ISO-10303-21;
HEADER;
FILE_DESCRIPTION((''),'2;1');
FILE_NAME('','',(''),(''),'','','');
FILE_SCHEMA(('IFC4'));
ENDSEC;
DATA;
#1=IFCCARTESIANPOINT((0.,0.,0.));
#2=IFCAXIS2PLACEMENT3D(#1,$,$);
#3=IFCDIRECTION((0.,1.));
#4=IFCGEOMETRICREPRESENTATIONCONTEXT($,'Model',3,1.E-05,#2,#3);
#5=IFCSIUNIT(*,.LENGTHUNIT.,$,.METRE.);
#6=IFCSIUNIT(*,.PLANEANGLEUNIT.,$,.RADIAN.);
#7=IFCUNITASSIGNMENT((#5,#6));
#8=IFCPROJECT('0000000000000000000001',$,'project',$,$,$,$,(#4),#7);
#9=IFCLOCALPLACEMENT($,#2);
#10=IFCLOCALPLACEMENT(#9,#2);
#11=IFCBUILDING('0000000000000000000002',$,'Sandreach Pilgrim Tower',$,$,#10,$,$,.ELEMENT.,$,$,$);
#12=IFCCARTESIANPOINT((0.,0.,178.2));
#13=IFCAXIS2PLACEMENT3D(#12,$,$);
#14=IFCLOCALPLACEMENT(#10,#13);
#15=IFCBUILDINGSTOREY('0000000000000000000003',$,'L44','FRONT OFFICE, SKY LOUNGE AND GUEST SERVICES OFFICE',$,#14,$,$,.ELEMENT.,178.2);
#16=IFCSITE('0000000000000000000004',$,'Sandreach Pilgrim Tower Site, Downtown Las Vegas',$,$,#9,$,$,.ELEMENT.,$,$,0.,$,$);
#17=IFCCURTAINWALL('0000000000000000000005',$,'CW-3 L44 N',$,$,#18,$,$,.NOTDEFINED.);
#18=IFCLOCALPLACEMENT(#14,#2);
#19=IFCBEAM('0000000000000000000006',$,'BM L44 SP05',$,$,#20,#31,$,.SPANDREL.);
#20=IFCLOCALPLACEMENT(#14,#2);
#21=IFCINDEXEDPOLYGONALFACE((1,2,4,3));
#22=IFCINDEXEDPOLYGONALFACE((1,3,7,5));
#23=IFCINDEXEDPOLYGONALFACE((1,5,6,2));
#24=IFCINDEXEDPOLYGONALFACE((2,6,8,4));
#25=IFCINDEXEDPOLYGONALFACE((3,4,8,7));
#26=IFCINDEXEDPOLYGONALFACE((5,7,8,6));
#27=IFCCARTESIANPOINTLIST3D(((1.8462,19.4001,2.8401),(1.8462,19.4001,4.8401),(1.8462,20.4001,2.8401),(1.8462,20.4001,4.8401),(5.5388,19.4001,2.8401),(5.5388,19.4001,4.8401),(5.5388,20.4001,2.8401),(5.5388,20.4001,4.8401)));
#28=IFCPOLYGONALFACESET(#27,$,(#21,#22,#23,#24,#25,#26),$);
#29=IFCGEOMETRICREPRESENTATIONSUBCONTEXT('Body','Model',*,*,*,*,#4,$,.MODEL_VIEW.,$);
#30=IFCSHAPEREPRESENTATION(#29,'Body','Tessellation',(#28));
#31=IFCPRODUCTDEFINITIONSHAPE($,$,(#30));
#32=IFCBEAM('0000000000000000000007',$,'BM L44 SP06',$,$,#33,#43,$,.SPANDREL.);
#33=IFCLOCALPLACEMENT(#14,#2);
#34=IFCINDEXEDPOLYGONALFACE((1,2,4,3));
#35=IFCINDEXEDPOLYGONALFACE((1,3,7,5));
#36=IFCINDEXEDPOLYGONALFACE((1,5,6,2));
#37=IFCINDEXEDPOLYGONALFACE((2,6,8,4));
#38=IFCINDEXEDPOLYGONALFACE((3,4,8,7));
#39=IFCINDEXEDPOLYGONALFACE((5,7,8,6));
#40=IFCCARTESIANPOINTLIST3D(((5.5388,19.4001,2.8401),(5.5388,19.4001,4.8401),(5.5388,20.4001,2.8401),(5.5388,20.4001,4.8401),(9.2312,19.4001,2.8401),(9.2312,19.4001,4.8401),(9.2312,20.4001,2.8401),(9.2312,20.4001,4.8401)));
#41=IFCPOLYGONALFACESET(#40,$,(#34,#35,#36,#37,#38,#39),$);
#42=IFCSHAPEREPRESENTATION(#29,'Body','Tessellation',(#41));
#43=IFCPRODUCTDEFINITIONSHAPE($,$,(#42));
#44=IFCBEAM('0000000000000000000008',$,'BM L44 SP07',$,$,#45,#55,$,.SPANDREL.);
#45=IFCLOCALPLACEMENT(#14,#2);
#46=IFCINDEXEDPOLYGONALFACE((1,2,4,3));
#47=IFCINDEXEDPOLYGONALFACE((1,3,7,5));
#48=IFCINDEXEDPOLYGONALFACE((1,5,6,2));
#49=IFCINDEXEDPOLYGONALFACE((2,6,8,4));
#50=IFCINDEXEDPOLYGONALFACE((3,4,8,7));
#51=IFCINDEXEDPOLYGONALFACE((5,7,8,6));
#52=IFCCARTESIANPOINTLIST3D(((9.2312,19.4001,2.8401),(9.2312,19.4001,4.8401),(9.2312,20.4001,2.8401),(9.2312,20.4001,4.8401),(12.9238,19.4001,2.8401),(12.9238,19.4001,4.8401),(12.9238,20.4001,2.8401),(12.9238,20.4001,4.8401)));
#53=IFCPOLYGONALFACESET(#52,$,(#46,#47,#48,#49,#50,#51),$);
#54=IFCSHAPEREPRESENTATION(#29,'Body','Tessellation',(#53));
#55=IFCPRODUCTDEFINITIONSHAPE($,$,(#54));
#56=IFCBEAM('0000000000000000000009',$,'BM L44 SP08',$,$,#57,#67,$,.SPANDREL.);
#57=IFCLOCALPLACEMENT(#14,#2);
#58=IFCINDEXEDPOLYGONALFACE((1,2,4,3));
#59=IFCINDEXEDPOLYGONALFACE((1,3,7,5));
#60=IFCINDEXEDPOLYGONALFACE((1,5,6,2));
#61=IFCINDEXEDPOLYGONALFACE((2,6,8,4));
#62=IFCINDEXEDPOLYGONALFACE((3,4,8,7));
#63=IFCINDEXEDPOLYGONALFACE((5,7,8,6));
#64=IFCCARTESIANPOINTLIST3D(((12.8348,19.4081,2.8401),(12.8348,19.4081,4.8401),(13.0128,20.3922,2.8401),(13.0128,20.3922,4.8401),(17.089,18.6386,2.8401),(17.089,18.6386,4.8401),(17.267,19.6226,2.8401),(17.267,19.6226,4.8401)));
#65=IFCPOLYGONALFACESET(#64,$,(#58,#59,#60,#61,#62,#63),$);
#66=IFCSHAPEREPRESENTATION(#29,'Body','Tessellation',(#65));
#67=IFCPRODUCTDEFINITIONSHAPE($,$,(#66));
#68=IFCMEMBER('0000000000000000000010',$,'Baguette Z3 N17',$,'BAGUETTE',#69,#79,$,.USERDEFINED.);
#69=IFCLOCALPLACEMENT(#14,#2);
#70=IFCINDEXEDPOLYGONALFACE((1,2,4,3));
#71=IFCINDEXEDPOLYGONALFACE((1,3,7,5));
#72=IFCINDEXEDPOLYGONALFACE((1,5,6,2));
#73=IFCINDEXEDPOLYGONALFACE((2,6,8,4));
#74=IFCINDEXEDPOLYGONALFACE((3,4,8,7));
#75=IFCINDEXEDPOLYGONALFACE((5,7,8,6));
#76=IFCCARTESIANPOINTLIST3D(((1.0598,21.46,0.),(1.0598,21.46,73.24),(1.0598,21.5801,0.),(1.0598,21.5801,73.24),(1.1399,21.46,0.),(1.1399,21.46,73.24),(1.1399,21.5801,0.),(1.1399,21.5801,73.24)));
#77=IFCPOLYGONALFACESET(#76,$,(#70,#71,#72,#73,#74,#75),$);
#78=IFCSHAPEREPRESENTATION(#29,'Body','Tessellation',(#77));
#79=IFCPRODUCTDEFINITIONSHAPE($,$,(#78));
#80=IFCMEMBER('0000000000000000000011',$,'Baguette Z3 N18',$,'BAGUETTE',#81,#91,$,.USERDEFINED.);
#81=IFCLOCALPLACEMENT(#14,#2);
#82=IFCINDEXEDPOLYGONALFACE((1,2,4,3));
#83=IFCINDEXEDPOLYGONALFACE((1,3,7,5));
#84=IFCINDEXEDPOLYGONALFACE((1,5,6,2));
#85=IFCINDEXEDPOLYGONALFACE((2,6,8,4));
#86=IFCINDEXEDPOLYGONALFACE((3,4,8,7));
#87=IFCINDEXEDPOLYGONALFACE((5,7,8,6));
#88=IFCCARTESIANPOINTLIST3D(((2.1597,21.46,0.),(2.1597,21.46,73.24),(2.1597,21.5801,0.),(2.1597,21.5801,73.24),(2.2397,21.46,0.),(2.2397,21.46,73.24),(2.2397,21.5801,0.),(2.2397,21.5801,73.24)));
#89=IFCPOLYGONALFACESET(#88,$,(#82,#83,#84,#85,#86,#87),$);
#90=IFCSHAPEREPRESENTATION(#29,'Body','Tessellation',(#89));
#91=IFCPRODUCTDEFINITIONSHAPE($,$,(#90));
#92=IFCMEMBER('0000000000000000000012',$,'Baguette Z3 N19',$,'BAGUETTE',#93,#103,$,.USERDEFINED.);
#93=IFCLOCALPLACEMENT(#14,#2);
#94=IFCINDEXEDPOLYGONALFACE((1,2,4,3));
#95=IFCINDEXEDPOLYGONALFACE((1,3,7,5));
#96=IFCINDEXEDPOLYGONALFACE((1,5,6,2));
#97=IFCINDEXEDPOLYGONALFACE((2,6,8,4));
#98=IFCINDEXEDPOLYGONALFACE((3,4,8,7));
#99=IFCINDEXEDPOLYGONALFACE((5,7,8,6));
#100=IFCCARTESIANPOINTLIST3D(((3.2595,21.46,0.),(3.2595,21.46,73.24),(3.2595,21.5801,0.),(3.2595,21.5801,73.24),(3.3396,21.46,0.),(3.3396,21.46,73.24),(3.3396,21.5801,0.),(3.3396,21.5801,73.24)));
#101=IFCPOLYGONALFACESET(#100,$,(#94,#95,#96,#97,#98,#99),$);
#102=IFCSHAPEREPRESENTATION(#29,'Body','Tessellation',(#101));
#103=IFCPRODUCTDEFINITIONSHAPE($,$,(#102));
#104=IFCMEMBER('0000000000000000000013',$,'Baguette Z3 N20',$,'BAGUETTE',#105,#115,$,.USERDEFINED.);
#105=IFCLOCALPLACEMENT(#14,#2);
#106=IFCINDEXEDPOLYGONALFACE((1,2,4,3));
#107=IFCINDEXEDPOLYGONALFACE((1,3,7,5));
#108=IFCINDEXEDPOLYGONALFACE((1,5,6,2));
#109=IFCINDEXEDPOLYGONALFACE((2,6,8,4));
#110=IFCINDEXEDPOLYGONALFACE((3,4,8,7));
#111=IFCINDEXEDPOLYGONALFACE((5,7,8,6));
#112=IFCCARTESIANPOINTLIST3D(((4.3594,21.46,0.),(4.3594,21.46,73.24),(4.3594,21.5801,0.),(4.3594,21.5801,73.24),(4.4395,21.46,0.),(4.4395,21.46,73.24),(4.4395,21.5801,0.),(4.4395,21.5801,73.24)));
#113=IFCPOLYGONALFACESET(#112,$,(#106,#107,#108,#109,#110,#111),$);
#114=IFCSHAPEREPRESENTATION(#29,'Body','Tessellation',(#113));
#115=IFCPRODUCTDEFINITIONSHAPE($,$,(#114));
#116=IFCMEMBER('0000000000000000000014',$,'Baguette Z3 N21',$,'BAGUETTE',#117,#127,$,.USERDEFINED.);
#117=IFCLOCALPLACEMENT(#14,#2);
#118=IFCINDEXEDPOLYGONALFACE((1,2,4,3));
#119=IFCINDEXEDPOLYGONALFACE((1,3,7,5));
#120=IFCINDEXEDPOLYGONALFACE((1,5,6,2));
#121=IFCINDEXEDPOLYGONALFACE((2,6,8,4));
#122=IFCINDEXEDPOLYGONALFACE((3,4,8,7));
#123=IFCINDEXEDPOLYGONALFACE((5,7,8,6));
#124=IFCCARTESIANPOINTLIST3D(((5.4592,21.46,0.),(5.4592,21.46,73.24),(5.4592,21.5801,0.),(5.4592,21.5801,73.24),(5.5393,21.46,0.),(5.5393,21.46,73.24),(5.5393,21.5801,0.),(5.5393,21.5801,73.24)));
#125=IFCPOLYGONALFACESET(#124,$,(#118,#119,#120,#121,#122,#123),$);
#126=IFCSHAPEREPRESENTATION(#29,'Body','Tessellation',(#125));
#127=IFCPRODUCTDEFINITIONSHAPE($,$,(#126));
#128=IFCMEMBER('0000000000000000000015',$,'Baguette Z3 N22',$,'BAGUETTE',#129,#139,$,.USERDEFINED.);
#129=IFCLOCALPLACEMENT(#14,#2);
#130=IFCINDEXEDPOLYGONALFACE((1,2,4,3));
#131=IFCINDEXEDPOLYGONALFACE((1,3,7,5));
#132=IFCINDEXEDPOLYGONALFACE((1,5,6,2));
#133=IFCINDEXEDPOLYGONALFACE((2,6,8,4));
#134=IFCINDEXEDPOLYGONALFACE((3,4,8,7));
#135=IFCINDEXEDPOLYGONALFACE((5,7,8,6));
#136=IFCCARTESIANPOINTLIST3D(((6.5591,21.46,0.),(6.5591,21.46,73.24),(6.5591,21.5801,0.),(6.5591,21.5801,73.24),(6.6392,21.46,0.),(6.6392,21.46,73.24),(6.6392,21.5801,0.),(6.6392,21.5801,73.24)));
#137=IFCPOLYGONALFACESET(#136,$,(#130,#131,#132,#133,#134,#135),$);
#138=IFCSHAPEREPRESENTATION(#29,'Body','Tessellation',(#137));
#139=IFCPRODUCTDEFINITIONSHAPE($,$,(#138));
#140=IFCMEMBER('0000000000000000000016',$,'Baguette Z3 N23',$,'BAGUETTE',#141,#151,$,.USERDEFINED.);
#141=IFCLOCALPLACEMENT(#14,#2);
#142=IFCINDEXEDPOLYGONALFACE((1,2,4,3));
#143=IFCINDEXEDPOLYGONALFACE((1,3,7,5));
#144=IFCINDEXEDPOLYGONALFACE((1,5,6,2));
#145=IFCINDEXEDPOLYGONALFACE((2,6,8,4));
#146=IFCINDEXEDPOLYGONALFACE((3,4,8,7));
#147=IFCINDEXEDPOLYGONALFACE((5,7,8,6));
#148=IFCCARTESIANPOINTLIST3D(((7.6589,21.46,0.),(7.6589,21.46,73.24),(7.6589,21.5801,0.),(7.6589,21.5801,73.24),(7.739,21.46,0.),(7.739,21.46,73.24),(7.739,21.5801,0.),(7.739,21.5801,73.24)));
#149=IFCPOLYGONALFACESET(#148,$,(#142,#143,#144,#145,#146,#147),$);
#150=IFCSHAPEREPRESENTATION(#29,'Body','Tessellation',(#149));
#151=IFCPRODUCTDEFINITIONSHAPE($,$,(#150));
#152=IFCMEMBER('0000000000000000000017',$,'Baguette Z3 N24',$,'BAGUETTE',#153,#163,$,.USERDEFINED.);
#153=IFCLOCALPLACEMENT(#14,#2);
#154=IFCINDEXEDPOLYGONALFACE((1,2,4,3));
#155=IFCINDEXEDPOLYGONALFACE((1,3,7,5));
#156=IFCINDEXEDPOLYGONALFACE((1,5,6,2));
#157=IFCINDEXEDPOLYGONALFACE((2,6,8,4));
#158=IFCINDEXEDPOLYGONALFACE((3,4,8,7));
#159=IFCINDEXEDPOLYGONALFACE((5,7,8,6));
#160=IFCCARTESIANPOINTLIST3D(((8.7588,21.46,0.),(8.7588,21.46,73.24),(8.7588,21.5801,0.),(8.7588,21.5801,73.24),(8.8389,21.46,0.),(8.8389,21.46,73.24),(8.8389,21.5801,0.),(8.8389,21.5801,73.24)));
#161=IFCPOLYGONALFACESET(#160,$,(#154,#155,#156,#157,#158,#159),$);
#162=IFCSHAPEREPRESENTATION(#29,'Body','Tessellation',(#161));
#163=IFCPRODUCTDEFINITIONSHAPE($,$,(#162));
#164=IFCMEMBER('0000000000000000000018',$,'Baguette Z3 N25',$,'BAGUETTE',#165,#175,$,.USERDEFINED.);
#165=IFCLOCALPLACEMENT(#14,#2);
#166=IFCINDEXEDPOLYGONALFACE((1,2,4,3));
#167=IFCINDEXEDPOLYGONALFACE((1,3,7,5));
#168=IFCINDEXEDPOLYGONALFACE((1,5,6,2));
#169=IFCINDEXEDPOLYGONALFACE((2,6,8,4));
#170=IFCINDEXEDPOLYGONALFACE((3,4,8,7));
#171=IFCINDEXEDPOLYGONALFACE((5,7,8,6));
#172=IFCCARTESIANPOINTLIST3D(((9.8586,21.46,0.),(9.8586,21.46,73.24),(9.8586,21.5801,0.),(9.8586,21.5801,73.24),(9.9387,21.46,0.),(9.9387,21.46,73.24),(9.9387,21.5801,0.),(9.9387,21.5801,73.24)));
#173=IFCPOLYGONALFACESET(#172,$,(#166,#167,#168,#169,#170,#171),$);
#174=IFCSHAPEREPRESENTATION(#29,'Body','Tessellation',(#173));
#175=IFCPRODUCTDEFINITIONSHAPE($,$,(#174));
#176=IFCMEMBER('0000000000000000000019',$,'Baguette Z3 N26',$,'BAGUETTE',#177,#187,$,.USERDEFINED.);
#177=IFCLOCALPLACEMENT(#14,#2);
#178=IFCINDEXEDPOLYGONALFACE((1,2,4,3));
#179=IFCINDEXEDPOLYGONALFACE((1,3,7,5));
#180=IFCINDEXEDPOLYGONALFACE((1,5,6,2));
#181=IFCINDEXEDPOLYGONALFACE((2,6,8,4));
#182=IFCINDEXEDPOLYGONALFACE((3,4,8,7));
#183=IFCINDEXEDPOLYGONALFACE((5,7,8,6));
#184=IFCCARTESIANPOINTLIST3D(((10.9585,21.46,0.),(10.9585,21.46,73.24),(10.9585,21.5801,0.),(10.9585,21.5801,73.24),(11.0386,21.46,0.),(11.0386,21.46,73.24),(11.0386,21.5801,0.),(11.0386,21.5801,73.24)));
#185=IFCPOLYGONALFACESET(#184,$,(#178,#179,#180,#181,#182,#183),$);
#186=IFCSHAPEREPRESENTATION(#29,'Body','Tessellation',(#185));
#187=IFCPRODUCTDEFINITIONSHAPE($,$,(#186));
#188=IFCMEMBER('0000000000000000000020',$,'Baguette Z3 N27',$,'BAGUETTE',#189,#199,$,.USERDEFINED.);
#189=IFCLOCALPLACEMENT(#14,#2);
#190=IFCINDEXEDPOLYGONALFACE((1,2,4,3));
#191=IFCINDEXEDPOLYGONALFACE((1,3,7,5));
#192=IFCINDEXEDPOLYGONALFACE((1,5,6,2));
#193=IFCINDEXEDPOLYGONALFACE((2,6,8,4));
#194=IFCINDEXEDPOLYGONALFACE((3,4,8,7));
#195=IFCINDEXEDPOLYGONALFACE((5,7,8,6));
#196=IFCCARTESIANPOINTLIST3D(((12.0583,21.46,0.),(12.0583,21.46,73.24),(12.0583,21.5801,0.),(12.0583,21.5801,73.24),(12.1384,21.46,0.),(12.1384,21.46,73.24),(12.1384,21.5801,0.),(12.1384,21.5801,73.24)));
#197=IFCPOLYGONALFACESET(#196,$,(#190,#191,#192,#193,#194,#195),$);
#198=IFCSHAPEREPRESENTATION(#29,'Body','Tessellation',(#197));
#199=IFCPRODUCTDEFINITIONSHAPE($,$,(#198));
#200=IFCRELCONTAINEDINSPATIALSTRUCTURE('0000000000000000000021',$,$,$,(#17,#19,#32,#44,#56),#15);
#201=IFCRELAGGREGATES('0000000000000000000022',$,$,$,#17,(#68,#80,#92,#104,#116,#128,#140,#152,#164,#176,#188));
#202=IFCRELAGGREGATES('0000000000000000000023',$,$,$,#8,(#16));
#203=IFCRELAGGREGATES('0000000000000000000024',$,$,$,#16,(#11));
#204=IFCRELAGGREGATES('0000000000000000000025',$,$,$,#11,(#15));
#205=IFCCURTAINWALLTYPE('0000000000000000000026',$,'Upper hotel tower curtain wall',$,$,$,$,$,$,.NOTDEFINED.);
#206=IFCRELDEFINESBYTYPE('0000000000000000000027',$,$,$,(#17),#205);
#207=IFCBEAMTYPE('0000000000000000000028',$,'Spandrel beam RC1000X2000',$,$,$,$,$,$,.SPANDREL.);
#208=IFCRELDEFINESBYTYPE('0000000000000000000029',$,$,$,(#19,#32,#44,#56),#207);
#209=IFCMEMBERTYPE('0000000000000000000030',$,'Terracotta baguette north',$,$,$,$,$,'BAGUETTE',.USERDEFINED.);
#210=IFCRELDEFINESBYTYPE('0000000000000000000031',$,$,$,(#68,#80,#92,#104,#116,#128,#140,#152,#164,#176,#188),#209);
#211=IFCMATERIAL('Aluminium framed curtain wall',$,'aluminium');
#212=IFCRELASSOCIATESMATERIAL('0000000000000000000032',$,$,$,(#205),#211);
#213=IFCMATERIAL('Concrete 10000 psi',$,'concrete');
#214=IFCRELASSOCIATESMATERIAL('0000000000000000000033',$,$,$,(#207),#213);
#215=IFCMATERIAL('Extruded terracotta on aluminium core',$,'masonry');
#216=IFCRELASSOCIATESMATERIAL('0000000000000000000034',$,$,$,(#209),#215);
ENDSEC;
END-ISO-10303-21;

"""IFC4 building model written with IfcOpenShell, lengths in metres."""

from ifc_helpers import new_model, si_unit, direction, frame, origin, origin_2d, place, context, subcontext, project, spatial, rectangle, extrude, material, material_profile, profile_set, type_object, element, aggregate, save


model = new_model("IFC4")

# Units and contexts
model_context = context("Model", 3, precision=1e-05, world=origin(), true_north=direction((0.0, 1.0)))
body_context = subcontext(model_context, "Body", "Model", "MODEL_VIEW")
ifc_project = project(units=[si_unit("LENGTHUNIT", "METRE"), si_unit("PLANEANGLEUNIT", "RADIAN")], contexts=[model_context])

# Site, building, storey
site_placement = place(None, origin())
site = spatial("IfcSite", under=ifc_project, at=site_placement, Name="Sandreach Pilgrim Tower Site, Downtown Las Vegas", CompositionType="ELEMENT", RefElevation=0.0)
building_placement = place(site_placement, origin())
building = spatial("IfcBuilding", under=site, at=building_placement, Name="Sandreach Pilgrim Tower", CompositionType="ELEMENT")
storey_placement = place(building_placement, frame((0.0, 0.0, 178.2)))
storey = spatial("IfcBuildingStorey", under=building, at=storey_placement, Name="L44", Description="FRONT OFFICE, SKY LOUNGE AND GUEST SERVICES OFFICE", CompositionType="ELEMENT", Elevation=178.2)

# Curtain wall
ifc_material_1 = material(Name="Aluminium framed curtain wall", Category="aluminium")
curtain_wall_type = type_object("IfcCurtainWallType", Name="Upper hotel tower curtain wall", PredefinedType="NOTDEFINED", material=ifc_material_1)
curtain_wall_placement = place(storey_placement, origin())
curtain_wall = element("IfcCurtainWall", 1, at=curtain_wall_placement, inside=storey, type_object=curtain_wall_type, Name="CW-3 L44 N", PredefinedType="NOTDEFINED")

# Beams
ifc_material_2 = material(Name="Concrete 10000 psi", Category="concrete")
ifc_material_profile_1 = material_profile(ifc_material_2, rectangle(XDim=1.0, YDim=2.0, at=origin_2d()), Name="RC1000X2000")
ifc_profile_set_1 = profile_set([ifc_material_profile_1], Name="Concrete 10000 psi")
beam_type_1 = type_object("IfcBeamType", Name="Spandrel beam RC1000X2000", PredefinedType="SPANDREL", material=ifc_profile_set_1)
beam_1_placement = place(storey_placement, frame((1.8462, 19.9001, 3.8401), z_axis=(1.0, 0.0, 0.0), x_axis=(0.0, 1.0, 0.0)))
element("IfcBeam", 2, at=beam_1_placement, inside=storey, type_object=beam_type_1, Name="BM L44 SP05", PredefinedType="SPANDREL", context=body_context, shape_type="SweptSolid", body=[
    extrude(rectangle(XDim=1.0, YDim=2.0, at=origin_2d()), origin(), (0.0, 0.0, 1.0), 3.6926),
])
beam_2_placement = place(storey_placement, frame((5.5388, 19.9001, 3.8401), z_axis=(1.0, 0.0, 0.0), x_axis=(0.0, 1.0, 0.0)))
element("IfcBeam", 3, at=beam_2_placement, inside=storey, type_object=beam_type_1, Name="BM L44 SP06", PredefinedType="SPANDREL", context=body_context, shape_type="SweptSolid", body=[
    extrude(rectangle(XDim=1.0, YDim=2.0, at=origin_2d()), origin(), (0.0, 0.0, 1.0), 3.6924),
])
beam_3_placement = place(storey_placement, frame((9.2312, 19.9001, 3.8401), z_axis=(1.0, 0.0, 0.0), x_axis=(0.0, 1.0, 0.0)))
element("IfcBeam", 4, at=beam_3_placement, inside=storey, type_object=beam_type_1, Name="BM L44 SP07", PredefinedType="SPANDREL", context=body_context, shape_type="SweptSolid", body=[
    extrude(rectangle(XDim=1.0, YDim=2.0, at=origin_2d()), origin(), (0.0, 0.0, 1.0), 3.6926),
])
beam_4_placement = place(storey_placement, frame((12.9238, 19.9001, 3.8401), z_axis=(0.98403, -0.178001, 0.0), x_axis=(0.178001, 0.98403, 0.0)))
element("IfcBeam", 5, at=beam_4_placement, inside=storey, type_object=beam_type_1, Name="BM L44 SP08", PredefinedType="SPANDREL", context=body_context, shape_type="SweptSolid", body=[
    extrude(rectangle(XDim=1.0, YDim=2.0, at=origin_2d()), origin(), (0.0, 0.0, 1.0), 4.3232),
])

# Members
ifc_material_3 = material(Name="Extruded terracotta on aluminium core", Category="masonry")
ifc_material_profile_2 = material_profile(ifc_material_3, rectangle(XDim=0.0801, YDim=0.1201, at=origin_2d()), Name="TBN 80X120")
ifc_profile_set_2 = profile_set([ifc_material_profile_2], Name="Extruded terracotta on aluminium core")
member_type_1 = type_object("IfcMemberType", Name="Terracotta baguette north", ElementType="BAGUETTE", PredefinedType="USERDEFINED", material=ifc_profile_set_2)
member_1_placement = place(storey_placement, frame((1.0999, 21.52, 0.0), z_axis=(0.0, 0.0, 1.0), x_axis=(1.0, 0.0, 0.0)))
member_1 = element("IfcMember", 6, at=member_1_placement, type_object=member_type_1, Name="Baguette Z3 N17", ObjectType="BAGUETTE", PredefinedType="USERDEFINED", context=body_context, shape_type="SweptSolid", body=[
    extrude(rectangle(XDim=0.0801, YDim=0.1201, at=origin_2d()), origin(), (0.0, 0.0, 1.0), 73.24),
])
member_2_placement = place(storey_placement, frame((2.1997, 21.52, 0.0), z_axis=(0.0, 0.0, 1.0), x_axis=(1.0, 0.0, 0.0)))
member_2 = element("IfcMember", 7, at=member_2_placement, type_object=member_type_1, Name="Baguette Z3 N18", ObjectType="BAGUETTE", PredefinedType="USERDEFINED", context=body_context, shape_type="SweptSolid", body=[
    extrude(rectangle(XDim=0.0801, YDim=0.1201, at=origin_2d()), origin(), (0.0, 0.0, 1.0), 73.24),
])
member_3_placement = place(storey_placement, frame((3.2996, 21.52, 0.0), z_axis=(0.0, 0.0, 1.0), x_axis=(1.0, 0.0, 0.0)))
member_3 = element("IfcMember", 8, at=member_3_placement, type_object=member_type_1, Name="Baguette Z3 N19", ObjectType="BAGUETTE", PredefinedType="USERDEFINED", context=body_context, shape_type="SweptSolid", body=[
    extrude(rectangle(XDim=0.0801, YDim=0.1201, at=origin_2d()), origin(), (0.0, 0.0, 1.0), 73.24),
])
member_4_placement = place(storey_placement, frame((4.3994, 21.52, 0.0), z_axis=(0.0, 0.0, 1.0), x_axis=(1.0, 0.0, 0.0)))
member_4 = element("IfcMember", 9, at=member_4_placement, type_object=member_type_1, Name="Baguette Z3 N20", ObjectType="BAGUETTE", PredefinedType="USERDEFINED", context=body_context, shape_type="SweptSolid", body=[
    extrude(rectangle(XDim=0.0801, YDim=0.1201, at=origin_2d()), origin(), (0.0, 0.0, 1.0), 73.24),
])
member_5_placement = place(storey_placement, frame((5.4993, 21.52, 0.0), z_axis=(0.0, 0.0, 1.0), x_axis=(1.0, 0.0, 0.0)))
member_5 = element("IfcMember", 10, at=member_5_placement, type_object=member_type_1, Name="Baguette Z3 N21", ObjectType="BAGUETTE", PredefinedType="USERDEFINED", context=body_context, shape_type="SweptSolid", body=[
    extrude(rectangle(XDim=0.0801, YDim=0.1201, at=origin_2d()), origin(), (0.0, 0.0, 1.0), 73.24),
])
member_6_placement = place(storey_placement, frame((6.5991, 21.52, 0.0), z_axis=(0.0, 0.0, 1.0), x_axis=(1.0, 0.0, 0.0)))
member_6 = element("IfcMember", 11, at=member_6_placement, type_object=member_type_1, Name="Baguette Z3 N22", ObjectType="BAGUETTE", PredefinedType="USERDEFINED", context=body_context, shape_type="SweptSolid", body=[
    extrude(rectangle(XDim=0.0801, YDim=0.1201, at=origin_2d()), origin(), (0.0, 0.0, 1.0), 73.24),
])
member_7_placement = place(storey_placement, frame((7.699, 21.52, 0.0), z_axis=(0.0, 0.0, 1.0), x_axis=(1.0, 0.0, 0.0)))
member_7 = element("IfcMember", 12, at=member_7_placement, type_object=member_type_1, Name="Baguette Z3 N23", ObjectType="BAGUETTE", PredefinedType="USERDEFINED", context=body_context, shape_type="SweptSolid", body=[
    extrude(rectangle(XDim=0.0801, YDim=0.1201, at=origin_2d()), origin(), (0.0, 0.0, 1.0), 73.24),
])
member_8_placement = place(storey_placement, frame((8.7988, 21.52, 0.0), z_axis=(0.0, 0.0, 1.0), x_axis=(1.0, 0.0, 0.0)))
member_8 = element("IfcMember", 13, at=member_8_placement, type_object=member_type_1, Name="Baguette Z3 N24", ObjectType="BAGUETTE", PredefinedType="USERDEFINED", context=body_context, shape_type="SweptSolid", body=[
    extrude(rectangle(XDim=0.0801, YDim=0.1201, at=origin_2d()), origin(), (0.0, 0.0, 1.0), 73.24),
])
member_9_placement = place(storey_placement, frame((9.8987, 21.52, 0.0), z_axis=(0.0, 0.0, 1.0), x_axis=(1.0, 0.0, 0.0)))
member_9 = element("IfcMember", 14, at=member_9_placement, type_object=member_type_1, Name="Baguette Z3 N25", ObjectType="BAGUETTE", PredefinedType="USERDEFINED", context=body_context, shape_type="SweptSolid", body=[
    extrude(rectangle(XDim=0.0801, YDim=0.1201, at=origin_2d()), origin(), (0.0, 0.0, 1.0), 73.24),
])
member_10_placement = place(storey_placement, frame((10.9985, 21.52, 0.0), z_axis=(0.0, 0.0, 1.0), x_axis=(1.0, 0.0, 0.0)))
member_10 = element("IfcMember", 15, at=member_10_placement, type_object=member_type_1, Name="Baguette Z3 N26", ObjectType="BAGUETTE", PredefinedType="USERDEFINED", context=body_context, shape_type="SweptSolid", body=[
    extrude(rectangle(XDim=0.0801, YDim=0.1201, at=origin_2d()), origin(), (0.0, 0.0, 1.0), 73.24),
])
member_11_placement = place(storey_placement, frame((12.0984, 21.52, 0.0), z_axis=(0.0, 0.0, 1.0), x_axis=(1.0, 0.0, 0.0)))
member_11 = element("IfcMember", 16, at=member_11_placement, type_object=member_type_1, Name="Baguette Z3 N27", ObjectType="BAGUETTE", PredefinedType="USERDEFINED", context=body_context, shape_type="SweptSolid", body=[
    extrude(rectangle(XDim=0.0801, YDim=0.1201, at=origin_2d()), origin(), (0.0, 0.0, 1.0), 73.24),
])

aggregate(curtain_wall, [member_1, member_2, member_3, member_4, member_5, member_6, member_7, member_8, member_9, member_10, member_11])

save(model, "model.ifc")
